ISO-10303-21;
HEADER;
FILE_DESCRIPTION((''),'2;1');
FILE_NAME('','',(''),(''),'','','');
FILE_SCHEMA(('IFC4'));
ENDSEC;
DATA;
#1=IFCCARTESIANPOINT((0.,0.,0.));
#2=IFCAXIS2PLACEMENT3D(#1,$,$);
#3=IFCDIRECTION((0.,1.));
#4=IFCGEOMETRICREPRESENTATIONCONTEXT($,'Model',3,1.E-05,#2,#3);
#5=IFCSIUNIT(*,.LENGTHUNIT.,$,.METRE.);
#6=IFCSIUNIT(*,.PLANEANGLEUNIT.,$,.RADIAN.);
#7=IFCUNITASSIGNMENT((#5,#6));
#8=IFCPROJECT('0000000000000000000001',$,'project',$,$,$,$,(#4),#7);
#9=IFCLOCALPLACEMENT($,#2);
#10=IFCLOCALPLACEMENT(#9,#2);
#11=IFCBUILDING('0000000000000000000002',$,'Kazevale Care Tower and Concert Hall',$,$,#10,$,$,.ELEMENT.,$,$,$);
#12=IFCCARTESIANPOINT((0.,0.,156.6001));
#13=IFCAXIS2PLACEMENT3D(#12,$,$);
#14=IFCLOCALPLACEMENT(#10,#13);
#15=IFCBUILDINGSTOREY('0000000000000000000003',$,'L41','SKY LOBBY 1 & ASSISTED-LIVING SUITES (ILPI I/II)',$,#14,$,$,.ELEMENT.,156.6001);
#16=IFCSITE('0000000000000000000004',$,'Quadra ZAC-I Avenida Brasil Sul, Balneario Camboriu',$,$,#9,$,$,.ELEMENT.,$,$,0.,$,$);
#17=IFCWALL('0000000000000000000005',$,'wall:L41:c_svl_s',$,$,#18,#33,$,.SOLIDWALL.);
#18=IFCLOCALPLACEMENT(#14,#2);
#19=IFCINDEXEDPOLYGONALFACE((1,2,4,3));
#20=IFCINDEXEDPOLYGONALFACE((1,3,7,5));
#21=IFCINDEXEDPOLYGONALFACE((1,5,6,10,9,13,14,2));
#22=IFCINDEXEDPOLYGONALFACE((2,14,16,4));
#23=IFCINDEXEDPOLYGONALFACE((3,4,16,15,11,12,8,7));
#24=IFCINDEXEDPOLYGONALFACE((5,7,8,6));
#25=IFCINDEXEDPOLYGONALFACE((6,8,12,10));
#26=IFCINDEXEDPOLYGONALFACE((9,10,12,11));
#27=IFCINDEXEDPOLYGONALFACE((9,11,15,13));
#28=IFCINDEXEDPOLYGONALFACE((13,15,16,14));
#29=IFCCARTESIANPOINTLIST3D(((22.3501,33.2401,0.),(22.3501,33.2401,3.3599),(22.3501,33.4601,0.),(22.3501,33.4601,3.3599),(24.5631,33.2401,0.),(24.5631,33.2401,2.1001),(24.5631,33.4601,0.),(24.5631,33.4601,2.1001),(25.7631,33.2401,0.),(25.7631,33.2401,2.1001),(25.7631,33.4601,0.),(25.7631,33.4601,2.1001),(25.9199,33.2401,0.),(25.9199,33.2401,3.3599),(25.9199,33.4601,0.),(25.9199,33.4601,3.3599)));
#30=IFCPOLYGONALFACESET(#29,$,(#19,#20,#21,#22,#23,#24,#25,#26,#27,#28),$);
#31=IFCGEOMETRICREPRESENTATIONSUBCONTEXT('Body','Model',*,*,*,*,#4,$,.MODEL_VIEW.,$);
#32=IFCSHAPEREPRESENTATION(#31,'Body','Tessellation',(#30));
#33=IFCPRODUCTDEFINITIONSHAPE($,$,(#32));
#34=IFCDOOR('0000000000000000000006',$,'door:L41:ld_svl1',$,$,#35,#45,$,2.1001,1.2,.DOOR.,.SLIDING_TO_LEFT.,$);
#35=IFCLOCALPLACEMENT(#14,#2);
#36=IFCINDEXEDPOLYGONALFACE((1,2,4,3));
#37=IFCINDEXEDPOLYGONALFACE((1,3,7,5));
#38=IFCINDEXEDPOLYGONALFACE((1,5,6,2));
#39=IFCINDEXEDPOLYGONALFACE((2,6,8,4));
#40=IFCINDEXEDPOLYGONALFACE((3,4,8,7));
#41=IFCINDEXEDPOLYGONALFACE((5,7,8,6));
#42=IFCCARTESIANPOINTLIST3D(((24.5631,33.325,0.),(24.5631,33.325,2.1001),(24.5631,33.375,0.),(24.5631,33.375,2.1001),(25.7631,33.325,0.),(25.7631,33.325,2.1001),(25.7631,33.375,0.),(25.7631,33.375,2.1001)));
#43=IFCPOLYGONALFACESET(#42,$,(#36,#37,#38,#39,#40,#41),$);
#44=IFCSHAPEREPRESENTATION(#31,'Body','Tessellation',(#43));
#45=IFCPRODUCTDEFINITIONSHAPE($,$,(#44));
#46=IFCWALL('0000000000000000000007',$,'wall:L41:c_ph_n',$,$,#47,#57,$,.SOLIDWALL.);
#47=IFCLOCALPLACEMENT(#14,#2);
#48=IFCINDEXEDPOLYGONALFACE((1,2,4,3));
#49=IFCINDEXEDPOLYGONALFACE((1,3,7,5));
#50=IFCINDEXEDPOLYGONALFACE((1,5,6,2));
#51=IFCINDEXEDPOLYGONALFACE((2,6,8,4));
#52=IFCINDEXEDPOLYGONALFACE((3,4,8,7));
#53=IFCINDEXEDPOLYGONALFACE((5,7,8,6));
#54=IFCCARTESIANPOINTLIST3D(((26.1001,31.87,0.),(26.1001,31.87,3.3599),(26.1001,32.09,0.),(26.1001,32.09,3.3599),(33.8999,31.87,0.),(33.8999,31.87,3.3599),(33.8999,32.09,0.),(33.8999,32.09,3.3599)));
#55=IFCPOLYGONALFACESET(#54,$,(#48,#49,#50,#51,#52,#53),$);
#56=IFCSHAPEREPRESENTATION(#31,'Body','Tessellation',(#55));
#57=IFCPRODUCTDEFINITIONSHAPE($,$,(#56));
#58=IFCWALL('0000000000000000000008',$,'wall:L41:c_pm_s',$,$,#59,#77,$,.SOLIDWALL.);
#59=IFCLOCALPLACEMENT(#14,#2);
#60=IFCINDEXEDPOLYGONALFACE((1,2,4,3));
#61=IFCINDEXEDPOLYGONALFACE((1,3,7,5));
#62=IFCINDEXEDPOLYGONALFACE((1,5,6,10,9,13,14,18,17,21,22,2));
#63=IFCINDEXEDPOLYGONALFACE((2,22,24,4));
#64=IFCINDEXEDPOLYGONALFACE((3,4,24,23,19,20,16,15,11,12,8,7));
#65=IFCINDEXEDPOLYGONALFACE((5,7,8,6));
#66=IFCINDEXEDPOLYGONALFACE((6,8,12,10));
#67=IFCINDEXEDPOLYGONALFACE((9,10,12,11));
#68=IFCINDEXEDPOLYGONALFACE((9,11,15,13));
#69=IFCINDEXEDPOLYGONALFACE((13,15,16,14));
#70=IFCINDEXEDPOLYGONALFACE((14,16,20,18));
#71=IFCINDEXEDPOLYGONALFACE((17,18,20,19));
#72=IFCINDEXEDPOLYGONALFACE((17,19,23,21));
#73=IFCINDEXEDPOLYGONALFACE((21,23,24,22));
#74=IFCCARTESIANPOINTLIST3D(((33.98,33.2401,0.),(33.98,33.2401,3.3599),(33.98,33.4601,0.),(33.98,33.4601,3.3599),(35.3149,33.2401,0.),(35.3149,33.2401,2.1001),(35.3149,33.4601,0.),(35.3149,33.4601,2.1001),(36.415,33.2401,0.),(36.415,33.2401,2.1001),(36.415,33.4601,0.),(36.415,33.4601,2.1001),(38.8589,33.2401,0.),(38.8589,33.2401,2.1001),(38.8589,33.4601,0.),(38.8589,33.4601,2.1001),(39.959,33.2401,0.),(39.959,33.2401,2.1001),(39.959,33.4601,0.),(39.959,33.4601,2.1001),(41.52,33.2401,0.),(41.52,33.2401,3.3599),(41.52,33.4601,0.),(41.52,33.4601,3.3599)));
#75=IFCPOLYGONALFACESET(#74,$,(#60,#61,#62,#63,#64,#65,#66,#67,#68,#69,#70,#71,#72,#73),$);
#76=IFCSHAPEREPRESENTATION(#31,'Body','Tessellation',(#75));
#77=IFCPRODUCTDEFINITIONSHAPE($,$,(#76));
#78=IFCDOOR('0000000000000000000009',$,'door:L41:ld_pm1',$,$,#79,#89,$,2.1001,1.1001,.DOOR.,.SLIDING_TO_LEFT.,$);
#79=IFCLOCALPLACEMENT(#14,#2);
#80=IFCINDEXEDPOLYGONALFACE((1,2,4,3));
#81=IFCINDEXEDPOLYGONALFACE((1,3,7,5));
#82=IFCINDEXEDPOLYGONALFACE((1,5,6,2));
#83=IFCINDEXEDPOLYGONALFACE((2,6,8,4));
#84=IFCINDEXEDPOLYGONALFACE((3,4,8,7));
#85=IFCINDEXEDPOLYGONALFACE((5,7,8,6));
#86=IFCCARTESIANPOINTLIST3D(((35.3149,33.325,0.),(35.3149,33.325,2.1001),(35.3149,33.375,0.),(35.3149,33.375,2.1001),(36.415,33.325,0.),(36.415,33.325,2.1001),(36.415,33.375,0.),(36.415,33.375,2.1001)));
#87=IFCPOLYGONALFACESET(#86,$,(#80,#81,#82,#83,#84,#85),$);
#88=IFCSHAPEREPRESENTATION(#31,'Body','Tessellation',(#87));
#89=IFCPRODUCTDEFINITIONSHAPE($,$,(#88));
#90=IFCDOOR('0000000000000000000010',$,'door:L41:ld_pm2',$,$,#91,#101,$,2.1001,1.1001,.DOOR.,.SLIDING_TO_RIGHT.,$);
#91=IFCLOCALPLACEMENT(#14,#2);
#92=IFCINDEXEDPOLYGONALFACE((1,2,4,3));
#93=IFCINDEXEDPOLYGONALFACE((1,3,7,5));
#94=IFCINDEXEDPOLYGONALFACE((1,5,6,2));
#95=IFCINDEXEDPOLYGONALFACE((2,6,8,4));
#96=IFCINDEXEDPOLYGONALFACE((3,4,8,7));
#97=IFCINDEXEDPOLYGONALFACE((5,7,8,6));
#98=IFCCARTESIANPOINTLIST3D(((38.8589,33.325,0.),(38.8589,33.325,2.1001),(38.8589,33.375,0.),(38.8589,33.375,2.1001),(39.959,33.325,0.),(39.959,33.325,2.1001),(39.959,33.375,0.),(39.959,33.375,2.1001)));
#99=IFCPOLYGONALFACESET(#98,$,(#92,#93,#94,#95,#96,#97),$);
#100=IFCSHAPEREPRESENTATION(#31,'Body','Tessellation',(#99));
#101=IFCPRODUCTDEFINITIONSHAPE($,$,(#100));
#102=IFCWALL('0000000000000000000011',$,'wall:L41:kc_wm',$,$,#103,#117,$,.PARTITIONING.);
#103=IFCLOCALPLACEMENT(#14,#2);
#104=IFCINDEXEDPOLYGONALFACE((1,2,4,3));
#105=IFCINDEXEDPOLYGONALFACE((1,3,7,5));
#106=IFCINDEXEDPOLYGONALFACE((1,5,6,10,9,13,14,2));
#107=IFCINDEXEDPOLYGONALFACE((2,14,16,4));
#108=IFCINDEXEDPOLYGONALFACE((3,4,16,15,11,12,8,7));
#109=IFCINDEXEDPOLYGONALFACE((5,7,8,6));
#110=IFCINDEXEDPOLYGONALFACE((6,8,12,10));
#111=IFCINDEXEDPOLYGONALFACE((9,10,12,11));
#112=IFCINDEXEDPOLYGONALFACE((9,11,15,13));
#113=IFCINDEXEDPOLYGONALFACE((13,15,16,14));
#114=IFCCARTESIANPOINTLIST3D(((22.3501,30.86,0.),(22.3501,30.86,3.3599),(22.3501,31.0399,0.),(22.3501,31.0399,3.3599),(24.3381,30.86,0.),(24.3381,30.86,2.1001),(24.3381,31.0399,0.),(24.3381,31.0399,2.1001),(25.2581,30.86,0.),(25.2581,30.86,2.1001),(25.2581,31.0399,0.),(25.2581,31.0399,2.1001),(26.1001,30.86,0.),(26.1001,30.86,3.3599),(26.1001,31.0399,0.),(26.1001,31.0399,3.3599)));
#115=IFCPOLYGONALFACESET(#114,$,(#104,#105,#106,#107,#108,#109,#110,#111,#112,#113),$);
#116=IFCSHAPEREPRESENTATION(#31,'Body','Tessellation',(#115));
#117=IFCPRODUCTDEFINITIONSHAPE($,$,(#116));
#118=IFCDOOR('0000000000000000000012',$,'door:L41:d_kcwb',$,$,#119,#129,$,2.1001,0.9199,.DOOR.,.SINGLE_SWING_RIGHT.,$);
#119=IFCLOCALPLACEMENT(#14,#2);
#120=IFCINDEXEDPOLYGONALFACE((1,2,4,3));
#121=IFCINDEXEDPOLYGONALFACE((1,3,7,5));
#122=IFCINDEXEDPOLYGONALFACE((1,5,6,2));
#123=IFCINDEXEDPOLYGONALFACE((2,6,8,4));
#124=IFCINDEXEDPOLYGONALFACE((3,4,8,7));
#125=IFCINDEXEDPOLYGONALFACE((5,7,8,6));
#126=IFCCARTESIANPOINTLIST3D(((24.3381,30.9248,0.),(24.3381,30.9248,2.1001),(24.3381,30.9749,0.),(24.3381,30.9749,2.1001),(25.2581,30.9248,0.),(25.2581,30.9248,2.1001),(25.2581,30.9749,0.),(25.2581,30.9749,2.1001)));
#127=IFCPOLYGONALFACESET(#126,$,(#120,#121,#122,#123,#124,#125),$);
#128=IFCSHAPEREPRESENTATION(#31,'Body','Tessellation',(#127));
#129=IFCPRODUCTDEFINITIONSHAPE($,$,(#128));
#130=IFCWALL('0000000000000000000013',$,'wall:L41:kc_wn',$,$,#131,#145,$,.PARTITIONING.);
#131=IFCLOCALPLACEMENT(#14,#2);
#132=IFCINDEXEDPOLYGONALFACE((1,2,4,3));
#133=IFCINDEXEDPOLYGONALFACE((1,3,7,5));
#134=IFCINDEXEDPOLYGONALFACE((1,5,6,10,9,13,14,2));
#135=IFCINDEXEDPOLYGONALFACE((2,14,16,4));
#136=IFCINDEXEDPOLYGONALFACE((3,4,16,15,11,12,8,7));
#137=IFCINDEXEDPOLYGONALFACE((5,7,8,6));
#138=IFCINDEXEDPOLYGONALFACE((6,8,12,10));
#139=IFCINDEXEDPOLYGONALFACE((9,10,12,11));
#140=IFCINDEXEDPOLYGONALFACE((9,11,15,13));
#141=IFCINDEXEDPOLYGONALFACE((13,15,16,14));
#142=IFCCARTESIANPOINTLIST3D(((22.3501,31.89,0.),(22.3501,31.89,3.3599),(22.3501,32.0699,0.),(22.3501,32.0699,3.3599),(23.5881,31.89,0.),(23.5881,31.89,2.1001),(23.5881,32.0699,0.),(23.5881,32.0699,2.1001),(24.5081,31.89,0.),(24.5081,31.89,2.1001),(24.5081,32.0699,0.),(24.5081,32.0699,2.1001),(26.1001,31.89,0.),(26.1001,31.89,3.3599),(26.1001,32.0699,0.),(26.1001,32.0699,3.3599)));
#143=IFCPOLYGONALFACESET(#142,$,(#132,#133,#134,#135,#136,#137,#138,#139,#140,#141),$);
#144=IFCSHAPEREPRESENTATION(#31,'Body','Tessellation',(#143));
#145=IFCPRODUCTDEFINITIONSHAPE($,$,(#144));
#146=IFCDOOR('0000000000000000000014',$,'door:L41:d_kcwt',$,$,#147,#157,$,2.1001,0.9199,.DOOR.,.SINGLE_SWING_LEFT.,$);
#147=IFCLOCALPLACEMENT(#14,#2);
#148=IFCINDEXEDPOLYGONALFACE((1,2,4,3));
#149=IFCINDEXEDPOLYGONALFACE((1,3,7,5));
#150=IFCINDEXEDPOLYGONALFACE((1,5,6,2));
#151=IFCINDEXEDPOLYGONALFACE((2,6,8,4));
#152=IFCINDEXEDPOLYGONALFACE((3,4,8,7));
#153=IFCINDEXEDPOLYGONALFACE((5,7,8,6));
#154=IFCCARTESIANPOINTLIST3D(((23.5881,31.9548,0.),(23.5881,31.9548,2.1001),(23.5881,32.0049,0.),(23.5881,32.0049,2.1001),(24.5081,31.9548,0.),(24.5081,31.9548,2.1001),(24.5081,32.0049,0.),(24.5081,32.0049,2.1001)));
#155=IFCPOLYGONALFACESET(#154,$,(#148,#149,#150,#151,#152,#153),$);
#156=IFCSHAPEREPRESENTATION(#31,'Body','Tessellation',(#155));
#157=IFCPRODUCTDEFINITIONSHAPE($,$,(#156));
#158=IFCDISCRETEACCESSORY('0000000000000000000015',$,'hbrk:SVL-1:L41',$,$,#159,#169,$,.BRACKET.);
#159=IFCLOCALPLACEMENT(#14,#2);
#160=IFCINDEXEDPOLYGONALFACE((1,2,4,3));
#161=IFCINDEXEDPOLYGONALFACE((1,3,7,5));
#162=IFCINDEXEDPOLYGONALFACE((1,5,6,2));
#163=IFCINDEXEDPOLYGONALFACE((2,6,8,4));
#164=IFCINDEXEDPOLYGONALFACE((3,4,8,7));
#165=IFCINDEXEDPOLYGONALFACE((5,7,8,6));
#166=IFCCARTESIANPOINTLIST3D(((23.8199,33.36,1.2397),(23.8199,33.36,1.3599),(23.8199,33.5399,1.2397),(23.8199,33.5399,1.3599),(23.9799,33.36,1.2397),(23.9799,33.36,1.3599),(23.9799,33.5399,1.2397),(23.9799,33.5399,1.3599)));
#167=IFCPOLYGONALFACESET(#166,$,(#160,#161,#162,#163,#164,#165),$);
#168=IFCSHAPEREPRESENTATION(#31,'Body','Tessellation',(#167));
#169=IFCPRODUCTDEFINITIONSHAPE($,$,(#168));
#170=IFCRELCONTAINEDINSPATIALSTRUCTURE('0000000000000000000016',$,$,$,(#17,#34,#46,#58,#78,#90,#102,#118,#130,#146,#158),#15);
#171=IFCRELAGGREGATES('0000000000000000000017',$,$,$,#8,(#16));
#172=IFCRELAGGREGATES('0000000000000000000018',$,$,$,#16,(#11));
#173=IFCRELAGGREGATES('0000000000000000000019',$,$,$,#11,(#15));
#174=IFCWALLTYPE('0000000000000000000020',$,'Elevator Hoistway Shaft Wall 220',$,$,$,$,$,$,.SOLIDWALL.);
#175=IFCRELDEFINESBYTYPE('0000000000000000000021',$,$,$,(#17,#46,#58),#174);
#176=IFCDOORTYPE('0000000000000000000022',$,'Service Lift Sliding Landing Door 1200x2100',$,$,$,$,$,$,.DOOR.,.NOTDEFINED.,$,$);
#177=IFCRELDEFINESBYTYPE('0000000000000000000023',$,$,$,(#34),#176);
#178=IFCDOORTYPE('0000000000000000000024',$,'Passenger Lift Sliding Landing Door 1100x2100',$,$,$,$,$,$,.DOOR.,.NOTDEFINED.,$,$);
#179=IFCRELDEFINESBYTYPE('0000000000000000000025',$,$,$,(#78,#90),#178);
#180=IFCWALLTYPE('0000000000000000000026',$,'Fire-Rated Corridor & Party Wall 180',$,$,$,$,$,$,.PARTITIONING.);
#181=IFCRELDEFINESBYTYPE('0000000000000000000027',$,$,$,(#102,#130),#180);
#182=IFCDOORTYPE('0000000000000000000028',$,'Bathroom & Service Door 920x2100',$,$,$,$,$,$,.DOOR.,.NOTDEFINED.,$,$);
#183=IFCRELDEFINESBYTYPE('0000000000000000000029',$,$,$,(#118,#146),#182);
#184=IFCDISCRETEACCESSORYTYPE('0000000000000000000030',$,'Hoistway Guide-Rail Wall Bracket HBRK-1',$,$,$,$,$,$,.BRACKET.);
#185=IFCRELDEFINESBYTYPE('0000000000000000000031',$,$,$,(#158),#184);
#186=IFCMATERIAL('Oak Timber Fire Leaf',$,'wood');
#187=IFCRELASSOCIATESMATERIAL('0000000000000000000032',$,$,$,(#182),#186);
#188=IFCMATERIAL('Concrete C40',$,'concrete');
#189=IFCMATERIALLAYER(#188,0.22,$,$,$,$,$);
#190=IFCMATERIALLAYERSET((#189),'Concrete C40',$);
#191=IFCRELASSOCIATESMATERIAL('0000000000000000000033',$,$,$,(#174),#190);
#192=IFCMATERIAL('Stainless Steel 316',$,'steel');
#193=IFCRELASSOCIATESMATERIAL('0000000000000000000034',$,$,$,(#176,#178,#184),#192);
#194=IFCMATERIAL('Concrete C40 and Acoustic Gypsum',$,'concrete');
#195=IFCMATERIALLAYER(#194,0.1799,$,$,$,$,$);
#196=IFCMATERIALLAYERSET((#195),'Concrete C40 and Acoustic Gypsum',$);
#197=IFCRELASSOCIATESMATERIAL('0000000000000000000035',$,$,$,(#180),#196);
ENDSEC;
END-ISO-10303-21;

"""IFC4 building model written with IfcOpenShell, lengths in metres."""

from ifc_helpers import new_model, si_unit, direction, frame, frame_2d, origin, origin_2d, place, context, subcontext, project, spatial, rectangle, extrude, material, layer, layer_set, type_object, element, fill, save


model = new_model("IFC4")

# Units and contexts
model_context = context("Model", 3, precision=1e-05, world=origin(), true_north=direction((0.0, 1.0)))
body_context = subcontext(model_context, "Body", "Model", "MODEL_VIEW")
ifc_project = project(units=[si_unit("LENGTHUNIT", "METRE"), si_unit("PLANEANGLEUNIT", "RADIAN")], contexts=[model_context])

# Site, building, storey
site_placement = place(None, origin())
site = spatial("IfcSite", under=ifc_project, at=site_placement, Name="Quadra ZAC-I Avenida Brasil Sul, Balneario Camboriu", CompositionType="ELEMENT", RefElevation=0.0)
building_placement = place(site_placement, origin())
building = spatial("IfcBuilding", under=site, at=building_placement, Name="Kazevale Care Tower and Concert Hall", CompositionType="ELEMENT")
storey_placement = place(building_placement, frame((0.0, 0.0, 156.6001)))
storey = spatial("IfcBuildingStorey", under=building, at=storey_placement, Name="L41", Description="SKY LOBBY 1 & ASSISTED-LIVING SUITES (ILPI I/II)", CompositionType="ELEMENT", Elevation=156.6001)

# Shared definitions
ifc_material_1 = material(Name="Oak Timber Fire Leaf", Category="wood")
door_type_1 = type_object("IfcDoorType", Name="Bathroom & Service Door 920x2100", OperationType="NOTDEFINED", PredefinedType="DOOR", material=ifc_material_1)

# Shared definitions
ifc_material_2 = material(Name="Concrete C40", Category="concrete")
ifc_layer_1 = layer(ifc_material_2, 0.22)
ifc_layer_set_1 = layer_set([ifc_layer_1], Name="Concrete C40")
wall_type_1 = type_object("IfcWallType", Name="Elevator Hoistway Shaft Wall 220", PredefinedType="SOLIDWALL", material=ifc_layer_set_1)

# Wall, opening, door
wall_1_placement = place(storey_placement, frame((22.3501, 33.3501, 0.0), z_axis=(0.0, 0.0, 1.0), x_axis=(1.0, 0.0, 0.0)))
wall_1 = element("IfcWall", 1, at=wall_1_placement, inside=storey, type_object=wall_type_1, Name="wall:L41:c_svl_s", PredefinedType="SOLIDWALL", context=body_context, shape_type="SweptSolid", body=[
    extrude(rectangle(XDim=3.5698, YDim=0.22, at=frame_2d((1.7849, 0.0))), origin(), (0.0, 0.0, 1.0), 3.3599),
])
opening_1_placement = place(wall_1_placement, frame((2.2129, 0.0, 0.0)))
opening_1 = element("IfcOpeningElement", 2, at=opening_1_placement, cuts=wall_1, PredefinedType="OPENING", context=body_context, shape_type="SweptSolid", body=[
    extrude(rectangle(XDim=1.2, YDim=2.1001, at=frame_2d((0.6001, 1.05))), frame((0.0, 0.1199, 0.0), z_axis=(0.0, -1.0, 0.0), x_axis=(1.0, 0.0, 0.0)), (0.0, 0.0, 1.0), 0.24),
])
ifc_material_3 = material(Name="Stainless Steel 316", Category="steel")
door_type_2 = type_object("IfcDoorType", Name="Service Lift Sliding Landing Door 1200x2100", OperationType="NOTDEFINED", PredefinedType="DOOR", material=ifc_material_3)
door_1_placement = place(opening_1_placement, origin())
door_1 = element("IfcDoor", 3, at=door_1_placement, inside=storey, type_object=door_type_2, Name="door:L41:ld_svl1", OperationType="SLIDING_TO_LEFT", OverallHeight=2.1001, OverallWidth=1.2, PredefinedType="DOOR", context=body_context, shape_type="SweptSolid", body=[
    extrude(rectangle(XDim=1.2, YDim=2.1001, at=frame_2d((0.6001, 1.05))), frame((0.0, 0.0249, 0.0), z_axis=(0.0, -1.0, 0.0), x_axis=(1.0, 0.0, 0.0)), (0.0, 0.0, 1.0), 0.05),
])
fill(opening_1, door_1)

# Wall
wall_2_placement = place(storey_placement, frame((26.1001, 31.98, 0.0), z_axis=(0.0, 0.0, 1.0), x_axis=(1.0, 0.0, 0.0)))
element("IfcWall", 4, at=wall_2_placement, inside=storey, type_object=wall_type_1, Name="wall:L41:c_ph_n", PredefinedType="SOLIDWALL", context=body_context, shape_type="SweptSolid", body=[
    extrude(rectangle(XDim=7.7998, YDim=0.22, at=frame_2d((3.8999, 0.0))), origin(), (0.0, 0.0, 1.0), 3.3599),
])

# Wall, openings, doors
wall_3_placement = place(storey_placement, frame((33.98, 33.3501, 0.0), z_axis=(0.0, 0.0, 1.0), x_axis=(1.0, 0.0, 0.0)))
wall_3 = element("IfcWall", 5, at=wall_3_placement, inside=storey, type_object=wall_type_1, Name="wall:L41:c_pm_s", PredefinedType="SOLIDWALL", context=body_context, shape_type="SweptSolid", body=[
    extrude(rectangle(XDim=7.54, YDim=0.22, at=frame_2d((3.77, 0.0))), origin(), (0.0, 0.0, 1.0), 3.3599),
])
opening_2_placement = place(wall_3_placement, frame((1.335, 0.0, 0.0)))
opening_2 = element("IfcOpeningElement", 6, at=opening_2_placement, cuts=wall_3, PredefinedType="OPENING", context=body_context, shape_type="SweptSolid", body=[
    extrude(rectangle(XDim=1.1001, YDim=2.1001, at=frame_2d((0.55, 1.05))), frame((0.0, 0.1199, 0.0), z_axis=(0.0, -1.0, 0.0), x_axis=(1.0, 0.0, 0.0)), (0.0, 0.0, 1.0), 0.24),
])
opening_3_placement = place(wall_3_placement, frame((4.8789, 0.0, 0.0)))
opening_3 = element("IfcOpeningElement", 7, at=opening_3_placement, cuts=wall_3, PredefinedType="OPENING", context=body_context, shape_type="SweptSolid", body=[
    extrude(rectangle(XDim=1.1001, YDim=2.1001, at=frame_2d((0.55, 1.05))), frame((0.0, 0.1199, 0.0), z_axis=(0.0, -1.0, 0.0), x_axis=(1.0, 0.0, 0.0)), (0.0, 0.0, 1.0), 0.24),
])
door_type_3 = type_object("IfcDoorType", Name="Passenger Lift Sliding Landing Door 1100x2100", OperationType="NOTDEFINED", PredefinedType="DOOR", material=ifc_material_3)
door_2_placement = place(opening_2_placement, origin())
door_2 = element("IfcDoor", 8, at=door_2_placement, inside=storey, type_object=door_type_3, Name="door:L41:ld_pm1", OperationType="SLIDING_TO_LEFT", OverallHeight=2.1001, OverallWidth=1.1001, PredefinedType="DOOR", context=body_context, shape_type="SweptSolid", body=[
    extrude(rectangle(XDim=1.1001, YDim=2.1001, at=frame_2d((0.55, 1.05))), frame((0.0, 0.0249, 0.0), z_axis=(0.0, -1.0, 0.0), x_axis=(1.0, 0.0, 0.0)), (0.0, 0.0, 1.0), 0.05),
])
fill(opening_2, door_2)
door_3_placement = place(opening_3_placement, origin())
door_3 = element("IfcDoor", 9, at=door_3_placement, inside=storey, type_object=door_type_3, Name="door:L41:ld_pm2", OperationType="SLIDING_TO_RIGHT", OverallHeight=2.1001, OverallWidth=1.1001, PredefinedType="DOOR", context=body_context, shape_type="SweptSolid", body=[
    extrude(rectangle(XDim=1.1001, YDim=2.1001, at=frame_2d((0.55, 1.05))), frame((0.0, 0.0249, 0.0), z_axis=(0.0, -1.0, 0.0), x_axis=(1.0, 0.0, 0.0)), (0.0, 0.0, 1.0), 0.05),
])
fill(opening_3, door_3)

# Walls, openings, doors
ifc_material_4 = material(Name="Concrete C40 and Acoustic Gypsum", Category="concrete")
ifc_layer_2 = layer(ifc_material_4, 0.1799)
ifc_layer_set_2 = layer_set([ifc_layer_2], Name="Concrete C40 and Acoustic Gypsum")
wall_type_2 = type_object("IfcWallType", Name="Fire-Rated Corridor & Party Wall 180", PredefinedType="PARTITIONING", material=ifc_layer_set_2)
wall_4_placement = place(storey_placement, frame((22.3501, 30.95, 0.0), z_axis=(0.0, 0.0, 1.0), x_axis=(1.0, 0.0, 0.0)))
wall_4 = element("IfcWall", 10, at=wall_4_placement, inside=storey, type_object=wall_type_2, Name="wall:L41:kc_wm", PredefinedType="PARTITIONING", context=body_context, shape_type="SweptSolid", body=[
    extrude(rectangle(XDim=3.75, YDim=0.1799, at=frame_2d((1.875, 0.0))), origin(), (0.0, 0.0, 1.0), 3.3599),
])
opening_4_placement = place(wall_4_placement, frame((1.988, 0.0, 0.0)))
opening_4 = element("IfcOpeningElement", 11, at=opening_4_placement, cuts=wall_4, PredefinedType="OPENING", context=body_context, shape_type="SweptSolid", body=[
    extrude(rectangle(XDim=0.9199, YDim=2.1001, at=frame_2d((0.46, 1.05))), frame((0.0, 0.0999, 0.0), z_axis=(0.0, -1.0, 0.0), x_axis=(1.0, 0.0, 0.0)), (0.0, 0.0, 1.0), 0.2),
])
door_4_placement = place(opening_4_placement, origin())
door_4 = element("IfcDoor", 12, at=door_4_placement, inside=storey, type_object=door_type_1, Name="door:L41:d_kcwb", OperationType="SINGLE_SWING_RIGHT", OverallHeight=2.1001, OverallWidth=0.9199, PredefinedType="DOOR", context=body_context, shape_type="SweptSolid", body=[
    extrude(rectangle(XDim=0.9199, YDim=2.1001, at=frame_2d((0.46, 1.05))), frame((0.0, 0.0249, 0.0), z_axis=(0.0, -1.0, 0.0), x_axis=(1.0, 0.0, 0.0)), (0.0, 0.0, 1.0), 0.05),
])
fill(opening_4, door_4)
wall_5_placement = place(storey_placement, frame((22.3501, 31.98, 0.0), z_axis=(0.0, 0.0, 1.0), x_axis=(1.0, 0.0, 0.0)))
wall_5 = element("IfcWall", 13, at=wall_5_placement, inside=storey, type_object=wall_type_2, Name="wall:L41:kc_wn", PredefinedType="PARTITIONING", context=body_context, shape_type="SweptSolid", body=[
    extrude(rectangle(XDim=3.75, YDim=0.1799, at=frame_2d((1.875, 0.0))), origin(), (0.0, 0.0, 1.0), 3.3599),
])
opening_5_placement = place(wall_5_placement, frame((1.238, 0.0, 0.0)))
opening_5 = element("IfcOpeningElement", 14, at=opening_5_placement, cuts=wall_5, PredefinedType="OPENING", context=body_context, shape_type="SweptSolid", body=[
    extrude(rectangle(XDim=0.9199, YDim=2.1001, at=frame_2d((0.46, 1.05))), frame((0.0, 0.0999, 0.0), z_axis=(0.0, -1.0, 0.0), x_axis=(1.0, 0.0, 0.0)), (0.0, 0.0, 1.0), 0.2),
])
door_5_placement = place(opening_5_placement, origin())
door_5 = element("IfcDoor", 15, at=door_5_placement, inside=storey, type_object=door_type_1, Name="door:L41:d_kcwt", OperationType="SINGLE_SWING_LEFT", OverallHeight=2.1001, OverallWidth=0.9199, PredefinedType="DOOR", context=body_context, shape_type="SweptSolid", body=[
    extrude(rectangle(XDim=0.9199, YDim=2.1001, at=frame_2d((0.46, 1.05))), frame((0.0, 0.0249, 0.0), z_axis=(0.0, -1.0, 0.0), x_axis=(1.0, 0.0, 0.0)), (0.0, 0.0, 1.0), 0.05),
])
fill(opening_5, door_5)

# Discrete accessory
discrete_accessory_type = type_object("IfcDiscreteAccessoryType", Name="Hoistway Guide-Rail Wall Bracket HBRK-1", PredefinedType="BRACKET", material=ifc_material_3)
for number, where, z_axis, x_axis, name in (
    (16, (23.8999, 33.45, 1.2397), (0.0, 0.0, 1.0), (1.0, 0.0, 0.0), "hbrk:SVL-1:L41"),
):
    element("IfcDiscreteAccessory", number, at=place(storey_placement, frame(where, z_axis=z_axis, x_axis=x_axis)), inside=storey, type_object=discrete_accessory_type, Name=name, PredefinedType="BRACKET", context=body_context, shape_type="SweptSolid", body=[
        extrude(rectangle(XDim=0.1599, YDim=0.1799, at=origin_2d()), origin(), (0.0, 0.0, 1.0), 0.1201),
    ])

save(model, "model.ifc")
